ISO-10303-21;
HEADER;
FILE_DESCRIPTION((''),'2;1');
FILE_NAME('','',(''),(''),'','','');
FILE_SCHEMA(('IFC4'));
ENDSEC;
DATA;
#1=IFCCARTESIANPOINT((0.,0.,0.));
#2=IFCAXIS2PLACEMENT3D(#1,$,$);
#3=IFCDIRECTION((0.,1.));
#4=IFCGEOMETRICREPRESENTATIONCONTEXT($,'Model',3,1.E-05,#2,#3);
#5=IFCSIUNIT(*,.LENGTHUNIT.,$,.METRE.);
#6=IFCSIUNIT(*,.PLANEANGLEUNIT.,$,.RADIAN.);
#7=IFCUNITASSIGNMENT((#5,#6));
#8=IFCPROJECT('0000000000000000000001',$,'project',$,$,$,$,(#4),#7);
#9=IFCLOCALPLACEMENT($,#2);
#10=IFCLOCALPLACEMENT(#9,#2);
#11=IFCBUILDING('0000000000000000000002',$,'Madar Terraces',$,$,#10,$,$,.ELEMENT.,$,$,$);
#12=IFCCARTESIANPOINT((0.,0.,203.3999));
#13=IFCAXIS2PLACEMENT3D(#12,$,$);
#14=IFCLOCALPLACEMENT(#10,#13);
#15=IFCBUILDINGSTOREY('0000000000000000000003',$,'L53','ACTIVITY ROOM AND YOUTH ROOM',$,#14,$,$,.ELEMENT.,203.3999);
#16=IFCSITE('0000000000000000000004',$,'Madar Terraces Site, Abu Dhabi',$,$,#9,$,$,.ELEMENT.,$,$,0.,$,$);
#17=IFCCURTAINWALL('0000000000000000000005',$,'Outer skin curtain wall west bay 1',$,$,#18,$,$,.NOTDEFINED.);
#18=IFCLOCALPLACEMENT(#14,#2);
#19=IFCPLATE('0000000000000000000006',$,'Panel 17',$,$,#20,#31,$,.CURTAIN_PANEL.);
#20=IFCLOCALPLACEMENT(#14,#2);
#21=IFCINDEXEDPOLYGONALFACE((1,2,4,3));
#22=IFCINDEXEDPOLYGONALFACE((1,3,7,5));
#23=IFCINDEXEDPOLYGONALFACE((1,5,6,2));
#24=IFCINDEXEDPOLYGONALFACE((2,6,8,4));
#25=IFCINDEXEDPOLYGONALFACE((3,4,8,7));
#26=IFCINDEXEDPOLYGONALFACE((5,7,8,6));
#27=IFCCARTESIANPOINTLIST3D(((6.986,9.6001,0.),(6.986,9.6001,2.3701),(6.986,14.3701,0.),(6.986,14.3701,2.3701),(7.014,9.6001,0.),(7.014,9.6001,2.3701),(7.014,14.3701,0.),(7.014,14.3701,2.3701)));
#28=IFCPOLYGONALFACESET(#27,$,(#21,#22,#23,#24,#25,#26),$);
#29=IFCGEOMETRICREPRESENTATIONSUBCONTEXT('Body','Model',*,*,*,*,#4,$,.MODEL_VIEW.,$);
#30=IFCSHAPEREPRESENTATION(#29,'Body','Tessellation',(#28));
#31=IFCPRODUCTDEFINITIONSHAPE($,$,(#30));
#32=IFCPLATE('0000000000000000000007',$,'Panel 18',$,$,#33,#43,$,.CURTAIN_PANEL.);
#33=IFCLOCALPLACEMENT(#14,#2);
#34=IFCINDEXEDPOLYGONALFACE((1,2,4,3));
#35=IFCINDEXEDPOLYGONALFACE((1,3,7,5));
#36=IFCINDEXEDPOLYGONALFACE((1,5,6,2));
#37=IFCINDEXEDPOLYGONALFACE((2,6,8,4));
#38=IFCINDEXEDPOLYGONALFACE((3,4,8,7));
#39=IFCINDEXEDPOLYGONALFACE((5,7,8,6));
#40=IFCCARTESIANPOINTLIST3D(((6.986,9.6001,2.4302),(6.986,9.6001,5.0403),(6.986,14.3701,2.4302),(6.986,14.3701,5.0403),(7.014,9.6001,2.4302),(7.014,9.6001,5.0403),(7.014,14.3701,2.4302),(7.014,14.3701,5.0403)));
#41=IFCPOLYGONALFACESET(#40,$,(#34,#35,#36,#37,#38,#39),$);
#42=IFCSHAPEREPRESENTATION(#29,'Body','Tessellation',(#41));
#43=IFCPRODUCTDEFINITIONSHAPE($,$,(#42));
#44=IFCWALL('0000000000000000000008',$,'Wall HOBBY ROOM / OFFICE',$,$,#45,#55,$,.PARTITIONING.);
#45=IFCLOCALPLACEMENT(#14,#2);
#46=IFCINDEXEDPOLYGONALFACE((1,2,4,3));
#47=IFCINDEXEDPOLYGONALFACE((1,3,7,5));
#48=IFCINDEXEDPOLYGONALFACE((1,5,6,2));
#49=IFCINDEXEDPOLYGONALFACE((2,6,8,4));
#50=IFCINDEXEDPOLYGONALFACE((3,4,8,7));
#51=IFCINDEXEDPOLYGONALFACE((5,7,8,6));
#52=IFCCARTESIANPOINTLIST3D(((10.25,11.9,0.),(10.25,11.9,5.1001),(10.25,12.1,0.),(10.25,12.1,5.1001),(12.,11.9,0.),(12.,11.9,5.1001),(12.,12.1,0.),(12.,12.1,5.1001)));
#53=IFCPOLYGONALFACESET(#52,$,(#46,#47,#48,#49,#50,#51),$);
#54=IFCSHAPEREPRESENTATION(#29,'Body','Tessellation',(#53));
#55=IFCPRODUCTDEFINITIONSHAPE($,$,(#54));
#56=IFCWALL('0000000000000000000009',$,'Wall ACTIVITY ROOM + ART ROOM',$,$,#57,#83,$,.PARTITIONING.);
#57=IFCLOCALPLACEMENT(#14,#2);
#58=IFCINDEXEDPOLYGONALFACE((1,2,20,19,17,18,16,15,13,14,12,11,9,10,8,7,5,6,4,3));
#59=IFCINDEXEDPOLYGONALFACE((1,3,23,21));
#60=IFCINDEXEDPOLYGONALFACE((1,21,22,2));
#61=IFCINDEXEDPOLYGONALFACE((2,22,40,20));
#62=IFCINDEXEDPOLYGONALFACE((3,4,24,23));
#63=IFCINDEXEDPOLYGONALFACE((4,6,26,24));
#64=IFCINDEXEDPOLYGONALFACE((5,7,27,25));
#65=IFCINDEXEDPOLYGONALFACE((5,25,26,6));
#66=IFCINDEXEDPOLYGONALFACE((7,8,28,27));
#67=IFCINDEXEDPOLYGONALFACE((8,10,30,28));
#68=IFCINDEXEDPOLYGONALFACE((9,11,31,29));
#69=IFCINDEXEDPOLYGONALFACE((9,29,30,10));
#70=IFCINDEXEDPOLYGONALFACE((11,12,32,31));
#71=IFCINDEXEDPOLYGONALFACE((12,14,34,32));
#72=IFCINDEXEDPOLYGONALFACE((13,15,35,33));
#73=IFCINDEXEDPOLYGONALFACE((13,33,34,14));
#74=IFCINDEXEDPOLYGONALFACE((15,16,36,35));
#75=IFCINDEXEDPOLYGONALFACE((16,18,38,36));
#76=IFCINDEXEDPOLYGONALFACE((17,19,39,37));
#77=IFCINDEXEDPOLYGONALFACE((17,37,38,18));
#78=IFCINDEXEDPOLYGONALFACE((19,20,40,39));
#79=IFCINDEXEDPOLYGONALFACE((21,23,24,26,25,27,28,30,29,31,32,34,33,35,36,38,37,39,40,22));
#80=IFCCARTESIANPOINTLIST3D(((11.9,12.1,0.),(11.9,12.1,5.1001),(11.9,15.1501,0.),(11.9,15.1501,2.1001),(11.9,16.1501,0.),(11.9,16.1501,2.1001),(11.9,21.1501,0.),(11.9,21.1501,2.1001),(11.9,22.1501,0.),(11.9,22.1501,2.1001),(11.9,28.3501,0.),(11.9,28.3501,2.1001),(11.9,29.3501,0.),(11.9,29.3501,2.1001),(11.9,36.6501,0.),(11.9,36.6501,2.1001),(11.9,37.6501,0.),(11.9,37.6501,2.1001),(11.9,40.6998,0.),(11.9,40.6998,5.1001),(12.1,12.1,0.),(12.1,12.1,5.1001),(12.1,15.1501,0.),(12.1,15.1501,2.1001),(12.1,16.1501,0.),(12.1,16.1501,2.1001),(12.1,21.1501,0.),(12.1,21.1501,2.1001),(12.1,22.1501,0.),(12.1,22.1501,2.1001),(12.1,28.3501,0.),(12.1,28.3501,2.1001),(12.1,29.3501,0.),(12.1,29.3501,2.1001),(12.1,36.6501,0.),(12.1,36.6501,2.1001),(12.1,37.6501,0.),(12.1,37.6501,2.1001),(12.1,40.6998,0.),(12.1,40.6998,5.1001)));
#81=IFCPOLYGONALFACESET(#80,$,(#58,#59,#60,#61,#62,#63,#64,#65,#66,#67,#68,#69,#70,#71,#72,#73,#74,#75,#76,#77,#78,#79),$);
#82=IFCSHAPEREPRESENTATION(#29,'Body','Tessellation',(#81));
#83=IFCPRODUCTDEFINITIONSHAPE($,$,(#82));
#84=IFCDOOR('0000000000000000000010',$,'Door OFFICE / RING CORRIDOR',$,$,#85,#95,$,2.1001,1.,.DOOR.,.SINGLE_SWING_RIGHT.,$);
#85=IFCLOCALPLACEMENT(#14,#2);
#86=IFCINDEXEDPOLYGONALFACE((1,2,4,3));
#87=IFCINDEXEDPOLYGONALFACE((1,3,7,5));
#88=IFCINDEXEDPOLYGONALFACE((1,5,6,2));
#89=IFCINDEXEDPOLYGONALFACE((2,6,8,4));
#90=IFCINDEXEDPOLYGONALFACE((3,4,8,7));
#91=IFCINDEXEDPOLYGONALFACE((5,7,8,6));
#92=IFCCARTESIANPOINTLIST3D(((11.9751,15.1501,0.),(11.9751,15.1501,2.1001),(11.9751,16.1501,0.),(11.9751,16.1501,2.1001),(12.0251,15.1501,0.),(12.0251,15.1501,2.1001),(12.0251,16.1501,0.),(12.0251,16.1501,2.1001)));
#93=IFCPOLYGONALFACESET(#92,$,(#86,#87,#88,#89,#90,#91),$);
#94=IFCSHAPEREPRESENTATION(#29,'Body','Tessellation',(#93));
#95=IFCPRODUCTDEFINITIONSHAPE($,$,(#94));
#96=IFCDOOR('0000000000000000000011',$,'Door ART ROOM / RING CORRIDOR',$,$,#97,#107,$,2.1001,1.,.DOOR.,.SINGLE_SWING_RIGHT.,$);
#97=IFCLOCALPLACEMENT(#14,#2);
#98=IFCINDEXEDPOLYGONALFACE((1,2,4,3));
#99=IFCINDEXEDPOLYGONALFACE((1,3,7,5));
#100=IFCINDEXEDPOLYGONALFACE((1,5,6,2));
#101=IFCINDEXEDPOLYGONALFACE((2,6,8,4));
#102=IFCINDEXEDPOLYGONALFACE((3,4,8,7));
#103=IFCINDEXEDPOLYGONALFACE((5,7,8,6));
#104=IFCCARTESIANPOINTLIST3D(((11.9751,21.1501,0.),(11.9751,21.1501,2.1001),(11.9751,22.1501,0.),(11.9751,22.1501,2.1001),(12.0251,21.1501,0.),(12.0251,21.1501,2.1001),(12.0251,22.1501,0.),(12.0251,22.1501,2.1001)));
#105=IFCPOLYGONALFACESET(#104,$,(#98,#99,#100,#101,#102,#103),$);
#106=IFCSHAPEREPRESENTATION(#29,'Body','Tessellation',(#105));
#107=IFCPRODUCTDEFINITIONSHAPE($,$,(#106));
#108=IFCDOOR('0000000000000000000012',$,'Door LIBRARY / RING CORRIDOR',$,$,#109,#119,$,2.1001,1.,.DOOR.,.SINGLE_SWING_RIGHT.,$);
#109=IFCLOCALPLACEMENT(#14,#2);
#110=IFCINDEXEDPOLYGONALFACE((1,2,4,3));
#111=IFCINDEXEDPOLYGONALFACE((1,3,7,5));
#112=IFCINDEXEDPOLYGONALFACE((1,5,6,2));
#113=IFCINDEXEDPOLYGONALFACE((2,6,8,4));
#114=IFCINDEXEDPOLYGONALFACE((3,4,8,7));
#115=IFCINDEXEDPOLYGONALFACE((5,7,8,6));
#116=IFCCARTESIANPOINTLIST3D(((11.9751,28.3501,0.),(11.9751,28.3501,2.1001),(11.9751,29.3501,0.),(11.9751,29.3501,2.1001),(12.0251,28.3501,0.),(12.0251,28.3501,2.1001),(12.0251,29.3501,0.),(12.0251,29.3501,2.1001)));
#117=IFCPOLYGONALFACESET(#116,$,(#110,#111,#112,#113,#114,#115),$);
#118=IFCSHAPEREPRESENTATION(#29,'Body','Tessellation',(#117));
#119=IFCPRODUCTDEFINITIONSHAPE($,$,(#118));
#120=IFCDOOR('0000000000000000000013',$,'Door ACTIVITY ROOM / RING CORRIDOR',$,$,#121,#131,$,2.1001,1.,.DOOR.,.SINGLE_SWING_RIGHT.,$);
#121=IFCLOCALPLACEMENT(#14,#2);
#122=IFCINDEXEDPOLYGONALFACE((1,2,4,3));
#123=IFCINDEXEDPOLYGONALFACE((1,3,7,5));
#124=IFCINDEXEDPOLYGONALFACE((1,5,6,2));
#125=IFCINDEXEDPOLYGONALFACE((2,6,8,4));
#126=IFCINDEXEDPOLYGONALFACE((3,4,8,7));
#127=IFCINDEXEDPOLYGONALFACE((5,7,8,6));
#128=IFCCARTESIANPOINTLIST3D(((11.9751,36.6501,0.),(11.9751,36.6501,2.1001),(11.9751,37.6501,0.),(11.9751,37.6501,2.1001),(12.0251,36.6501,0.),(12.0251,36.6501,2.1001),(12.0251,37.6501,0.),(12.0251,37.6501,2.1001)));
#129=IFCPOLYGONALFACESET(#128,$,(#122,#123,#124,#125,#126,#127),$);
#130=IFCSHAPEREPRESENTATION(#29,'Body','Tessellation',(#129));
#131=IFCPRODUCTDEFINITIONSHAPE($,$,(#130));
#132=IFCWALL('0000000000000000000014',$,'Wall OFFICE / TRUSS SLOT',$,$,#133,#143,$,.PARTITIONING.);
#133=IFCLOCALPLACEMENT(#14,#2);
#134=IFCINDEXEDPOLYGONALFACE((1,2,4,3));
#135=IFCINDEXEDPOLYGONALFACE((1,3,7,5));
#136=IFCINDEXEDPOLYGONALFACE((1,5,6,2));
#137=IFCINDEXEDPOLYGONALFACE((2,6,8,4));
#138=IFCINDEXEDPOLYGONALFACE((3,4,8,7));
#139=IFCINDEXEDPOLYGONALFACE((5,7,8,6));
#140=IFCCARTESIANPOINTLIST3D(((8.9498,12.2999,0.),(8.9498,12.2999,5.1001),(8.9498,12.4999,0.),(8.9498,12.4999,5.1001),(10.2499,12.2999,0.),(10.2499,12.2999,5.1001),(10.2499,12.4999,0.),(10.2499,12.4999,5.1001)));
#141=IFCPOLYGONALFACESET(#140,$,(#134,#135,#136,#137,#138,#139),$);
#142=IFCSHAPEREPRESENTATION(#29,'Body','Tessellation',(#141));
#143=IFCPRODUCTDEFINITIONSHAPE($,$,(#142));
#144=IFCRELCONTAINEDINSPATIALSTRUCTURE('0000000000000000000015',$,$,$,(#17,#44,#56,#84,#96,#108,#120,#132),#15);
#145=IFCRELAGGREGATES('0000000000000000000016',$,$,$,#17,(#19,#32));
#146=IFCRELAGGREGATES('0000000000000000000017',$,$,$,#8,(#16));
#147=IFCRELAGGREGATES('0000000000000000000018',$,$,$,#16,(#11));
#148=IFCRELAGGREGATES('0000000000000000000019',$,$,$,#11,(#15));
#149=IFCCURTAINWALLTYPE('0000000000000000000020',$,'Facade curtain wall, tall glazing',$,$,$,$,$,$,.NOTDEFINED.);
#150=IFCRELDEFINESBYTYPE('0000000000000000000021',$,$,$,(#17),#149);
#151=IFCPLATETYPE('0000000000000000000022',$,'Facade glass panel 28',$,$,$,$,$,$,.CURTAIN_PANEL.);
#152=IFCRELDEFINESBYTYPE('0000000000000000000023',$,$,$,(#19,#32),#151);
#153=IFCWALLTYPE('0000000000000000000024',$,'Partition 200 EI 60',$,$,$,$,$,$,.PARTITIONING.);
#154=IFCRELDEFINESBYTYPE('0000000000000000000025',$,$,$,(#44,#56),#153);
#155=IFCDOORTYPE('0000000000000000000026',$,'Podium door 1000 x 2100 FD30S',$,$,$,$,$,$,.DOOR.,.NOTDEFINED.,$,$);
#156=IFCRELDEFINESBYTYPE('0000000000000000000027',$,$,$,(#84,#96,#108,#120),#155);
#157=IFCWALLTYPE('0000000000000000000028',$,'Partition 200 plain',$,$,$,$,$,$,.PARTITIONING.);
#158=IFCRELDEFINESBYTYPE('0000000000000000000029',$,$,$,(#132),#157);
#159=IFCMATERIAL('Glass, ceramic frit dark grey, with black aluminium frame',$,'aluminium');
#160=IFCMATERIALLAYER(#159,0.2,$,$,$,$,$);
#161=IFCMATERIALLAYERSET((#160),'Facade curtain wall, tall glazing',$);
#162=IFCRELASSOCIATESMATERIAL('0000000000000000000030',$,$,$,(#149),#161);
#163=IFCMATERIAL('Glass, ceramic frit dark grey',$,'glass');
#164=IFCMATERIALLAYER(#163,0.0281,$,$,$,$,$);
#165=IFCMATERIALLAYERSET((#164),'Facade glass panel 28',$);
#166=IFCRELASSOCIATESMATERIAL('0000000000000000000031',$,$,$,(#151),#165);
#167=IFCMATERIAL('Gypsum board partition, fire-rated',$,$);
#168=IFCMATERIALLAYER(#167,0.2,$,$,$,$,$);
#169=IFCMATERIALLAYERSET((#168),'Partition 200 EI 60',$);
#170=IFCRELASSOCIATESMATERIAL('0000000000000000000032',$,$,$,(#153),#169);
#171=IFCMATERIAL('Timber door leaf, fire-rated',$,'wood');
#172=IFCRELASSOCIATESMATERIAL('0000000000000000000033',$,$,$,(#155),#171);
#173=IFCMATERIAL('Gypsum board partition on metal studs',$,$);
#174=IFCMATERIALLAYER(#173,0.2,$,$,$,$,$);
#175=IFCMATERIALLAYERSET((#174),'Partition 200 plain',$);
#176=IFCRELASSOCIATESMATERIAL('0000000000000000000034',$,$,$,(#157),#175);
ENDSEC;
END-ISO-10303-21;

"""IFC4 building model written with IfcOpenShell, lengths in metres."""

from ifc_helpers import new_model, si_unit, direction, frame, frame_2d, origin, origin_2d, place, context, subcontext, project, spatial, rectangle, extrude, material, layer, layer_set, type_object, element, fill, aggregate, save


model = new_model("IFC4")

# Units and contexts
model_context = context("Model", 3, precision=1e-05, world=origin(), true_north=direction((0.0, 1.0)))
body_context = subcontext(model_context, "Body", "Model", "MODEL_VIEW")
ifc_project = project(units=[si_unit("LENGTHUNIT", "METRE"), si_unit("PLANEANGLEUNIT", "RADIAN")], contexts=[model_context])

# Site, building, storey
site_placement = place(None, origin())
site = spatial("IfcSite", under=ifc_project, at=site_placement, Name="Madar Terraces Site, Abu Dhabi", CompositionType="ELEMENT", RefElevation=0.0)
building_placement = place(site_placement, origin())
building = spatial("IfcBuilding", under=site, at=building_placement, Name="Madar Terraces", CompositionType="ELEMENT")
storey_placement = place(building_placement, frame((0.0, 0.0, 203.3999)))
storey = spatial("IfcBuildingStorey", under=building, at=storey_placement, Name="L53", Description="ACTIVITY ROOM AND YOUTH ROOM", CompositionType="ELEMENT", Elevation=203.3999)

# Curtain wall
ifc_material_1 = material(Name="Glass, ceramic frit dark grey, with black aluminium frame", Category="aluminium")
ifc_layer_1 = layer(ifc_material_1, 0.2)
ifc_layer_set_1 = layer_set([ifc_layer_1], Name="Facade curtain wall, tall glazing")
curtain_wall_type = type_object("IfcCurtainWallType", Name="Facade curtain wall, tall glazing", PredefinedType="NOTDEFINED", material=ifc_layer_set_1)
curtain_wall_1_placement = place(storey_placement, origin())
curtain_wall_1 = element("IfcCurtainWall", 1, at=curtain_wall_1_placement, inside=storey, type_object=curtain_wall_type, Name="Outer skin curtain wall west bay 1", PredefinedType="NOTDEFINED")

# Plates
ifc_material_2 = material(Name="Glass, ceramic frit dark grey", Category="glass")
ifc_layer_2 = layer(ifc_material_2, 0.0281)
ifc_layer_set_2 = layer_set([ifc_layer_2], Name="Facade glass panel 28")
plate_type = type_object("IfcPlateType", Name="Facade glass panel 28", PredefinedType="CURTAIN_PANEL", material=ifc_layer_set_2)
plate_1_placement = place(storey_placement, frame((7.0, 11.9851, 0.0), z_axis=(0.0, 0.0, 1.0), x_axis=(0.0, -1.0, 0.0)))
plate_1 = element("IfcPlate", 2, at=plate_1_placement, type_object=plate_type, Name="Panel 17", PredefinedType="CURTAIN_PANEL", context=body_context, shape_type="SweptSolid", body=[
    extrude(rectangle(XDim=4.77, YDim=0.0281, at=origin_2d()), origin(), (0.0, 0.0, 1.0), 2.3701),
])
plate_2_placement = place(storey_placement, frame((7.0, 11.9851, 2.4302), z_axis=(0.0, 0.0, 1.0), x_axis=(0.0, -1.0, 0.0)))
plate_2 = element("IfcPlate", 3, at=plate_2_placement, type_object=plate_type, Name="Panel 18", PredefinedType="CURTAIN_PANEL", context=body_context, shape_type="SweptSolid", body=[
    extrude(rectangle(XDim=4.77, YDim=0.0281, at=origin_2d()), origin(), (0.0, 0.0, 1.0), 2.6101),
])
aggregate(curtain_wall_1, [plate_1, plate_2])

# Wall
ifc_material_3 = material(Name="Gypsum board partition, fire-rated")
ifc_layer_3 = layer(ifc_material_3, 0.2)
ifc_layer_set_3 = layer_set([ifc_layer_3], Name="Partition 200 EI 60")
wall_type_1 = type_object("IfcWallType", Name="Partition 200 EI 60", PredefinedType="PARTITIONING", material=ifc_layer_set_3)
wall_1_placement = place(storey_placement, frame((10.25, 12.0, 0.0), z_axis=(0.0, 0.0, 1.0), x_axis=(1.0, 0.0, 0.0)))
element("IfcWall", 4, at=wall_1_placement, inside=storey, type_object=wall_type_1, Name="Wall HOBBY ROOM / OFFICE", PredefinedType="PARTITIONING", context=body_context, shape_type="SweptSolid", body=[
    extrude(rectangle(XDim=1.75, YDim=0.2, at=frame_2d((0.875, 0.0))), origin(), (0.0, 0.0, 1.0), 5.1001),
])

# Wall, openings, doors
wall_2_placement = place(storey_placement, frame((12.0, 12.1001, 0.0), z_axis=(0.0, 0.0, 1.0), x_axis=(0.0, 1.0, 0.0)))
wall_2 = element("IfcWall", 5, at=wall_2_placement, inside=storey, type_object=wall_type_1, Name="Wall ACTIVITY ROOM + ART ROOM", PredefinedType="PARTITIONING", context=body_context, shape_type="SweptSolid", body=[
    extrude(rectangle(XDim=28.5999, YDim=0.2, at=frame_2d((14.2998, 0.0))), origin(), (0.0, 0.0, 1.0), 5.1001),
])
opening_1_placement = place(wall_2_placement, frame((3.05, 0.0, 0.0)))
opening_1 = element("IfcOpeningElement", 6, at=opening_1_placement, cuts=wall_2, PredefinedType="OPENING", context=body_context, shape_type="SweptSolid", body=[
    extrude(rectangle(XDim=1.0, YDim=2.1001, at=frame_2d((0.5, 1.05))), frame((0.0, 0.1099, 0.0), z_axis=(0.0, -1.0, 0.0), x_axis=(1.0, 0.0, 0.0)), (0.0, 0.0, 1.0), 0.22),
])
opening_2_placement = place(wall_2_placement, frame((9.05, 0.0, 0.0)))
opening_2 = element("IfcOpeningElement", 7, at=opening_2_placement, cuts=wall_2, PredefinedType="OPENING", context=body_context, shape_type="SweptSolid", body=[
    extrude(rectangle(XDim=1.0, YDim=2.1001, at=frame_2d((0.5, 1.05))), frame((0.0, 0.1099, 0.0), z_axis=(0.0, -1.0, 0.0), x_axis=(1.0, 0.0, 0.0)), (0.0, 0.0, 1.0), 0.22),
])
opening_3_placement = place(wall_2_placement, frame((16.25, 0.0, 0.0)))
opening_3 = element("IfcOpeningElement", 8, at=opening_3_placement, cuts=wall_2, PredefinedType="OPENING", context=body_context, shape_type="SweptSolid", body=[
    extrude(rectangle(XDim=1.0, YDim=2.1001, at=frame_2d((0.5, 1.05))), frame((0.0, 0.1099, 0.0), z_axis=(0.0, -1.0, 0.0), x_axis=(1.0, 0.0, 0.0)), (0.0, 0.0, 1.0), 0.22),
])
opening_4_placement = place(wall_2_placement, frame((24.55, 0.0, 0.0)))
opening_4 = element("IfcOpeningElement", 9, at=opening_4_placement, cuts=wall_2, PredefinedType="OPENING", context=body_context, shape_type="SweptSolid", body=[
    extrude(rectangle(XDim=1.0, YDim=2.1001, at=frame_2d((0.5, 1.05))), frame((0.0, 0.1099, 0.0), z_axis=(0.0, -1.0, 0.0), x_axis=(1.0, 0.0, 0.0)), (0.0, 0.0, 1.0), 0.22),
])
ifc_material_4 = material(Name="Timber door leaf, fire-rated", Category="wood")
door_type = type_object("IfcDoorType", Name="Podium door 1000 x 2100 FD30S", OperationType="NOTDEFINED", PredefinedType="DOOR", material=ifc_material_4)
door_1_placement = place(opening_1_placement, origin())
door_1 = element("IfcDoor", 10, at=door_1_placement, inside=storey, type_object=door_type, Name="Door OFFICE / RING CORRIDOR", OperationType="SINGLE_SWING_RIGHT", OverallHeight=2.1001, OverallWidth=1.0, PredefinedType="DOOR", context=body_context, shape_type="SweptSolid", body=[
    extrude(rectangle(XDim=1.0, YDim=2.1001, at=frame_2d((0.5, 1.05))), frame((0.0, 0.0249, 0.0), z_axis=(0.0, -1.0, 0.0), x_axis=(1.0, 0.0, 0.0)), (0.0, 0.0, 1.0), 0.05),
])
fill(opening_1, door_1)
door_2_placement = place(opening_2_placement, origin())
door_2 = element("IfcDoor", 11, at=door_2_placement, inside=storey, type_object=door_type, Name="Door ART ROOM / RING CORRIDOR", OperationType="SINGLE_SWING_RIGHT", OverallHeight=2.1001, OverallWidth=1.0, PredefinedType="DOOR", context=body_context, shape_type="SweptSolid", body=[
    extrude(rectangle(XDim=1.0, YDim=2.1001, at=frame_2d((0.5, 1.05))), frame((0.0, 0.0249, 0.0), z_axis=(0.0, -1.0, 0.0), x_axis=(1.0, 0.0, 0.0)), (0.0, 0.0, 1.0), 0.05),
])
fill(opening_2, door_2)
door_3_placement = place(opening_3_placement, origin())
door_3 = element("IfcDoor", 12, at=door_3_placement, inside=storey, type_object=door_type, Name="Door LIBRARY / RING CORRIDOR", OperationType="SINGLE_SWING_RIGHT", OverallHeight=2.1001, OverallWidth=1.0, PredefinedType="DOOR", context=body_context, shape_type="SweptSolid", body=[
    extrude(rectangle(XDim=1.0, YDim=2.1001, at=frame_2d((0.5, 1.05))), frame((0.0, 0.0249, 0.0), z_axis=(0.0, -1.0, 0.0), x_axis=(1.0, 0.0, 0.0)), (0.0, 0.0, 1.0), 0.05),
])
fill(opening_3, door_3)
door_4_placement = place(opening_4_placement, origin())
door_4 = element("IfcDoor", 13, at=door_4_placement, inside=storey, type_object=door_type, Name="Door ACTIVITY ROOM / RING CORRIDOR", OperationType="SINGLE_SWING_RIGHT", OverallHeight=2.1001, OverallWidth=1.0, PredefinedType="DOOR", context=body_context, shape_type="SweptSolid", body=[
    extrude(rectangle(XDim=1.0, YDim=2.1001, at=frame_2d((0.5, 1.05))), frame((0.0, 0.0249, 0.0), z_axis=(0.0, -1.0, 0.0), x_axis=(1.0, 0.0, 0.0)), (0.0, 0.0, 1.0), 0.05),
])
fill(opening_4, door_4)

# Wall
ifc_material_5 = material(Name="Gypsum board partition on metal studs")
ifc_layer_4 = layer(ifc_material_5, 0.2)
ifc_layer_set_4 = layer_set([ifc_layer_4], Name="Partition 200 plain")
wall_type_2 = type_object("IfcWallType", Name="Partition 200 plain", PredefinedType="PARTITIONING", material=ifc_layer_set_4)
wall_3_placement = place(storey_placement, frame((8.95, 12.3999, 0.0), z_axis=(0.0, 0.0, 1.0), x_axis=(1.0, 0.0, 0.0)))
element("IfcWall", 14, at=wall_3_placement, inside=storey, type_object=wall_type_2, Name="Wall OFFICE / TRUSS SLOT", PredefinedType="PARTITIONING", context=body_context, shape_type="SweptSolid", body=[
    extrude(rectangle(XDim=1.3, YDim=0.2, at=frame_2d((0.6499, 0.0))), origin(), (0.0, 0.0, 1.0), 5.1001),
])

save(model, "model.ifc")
